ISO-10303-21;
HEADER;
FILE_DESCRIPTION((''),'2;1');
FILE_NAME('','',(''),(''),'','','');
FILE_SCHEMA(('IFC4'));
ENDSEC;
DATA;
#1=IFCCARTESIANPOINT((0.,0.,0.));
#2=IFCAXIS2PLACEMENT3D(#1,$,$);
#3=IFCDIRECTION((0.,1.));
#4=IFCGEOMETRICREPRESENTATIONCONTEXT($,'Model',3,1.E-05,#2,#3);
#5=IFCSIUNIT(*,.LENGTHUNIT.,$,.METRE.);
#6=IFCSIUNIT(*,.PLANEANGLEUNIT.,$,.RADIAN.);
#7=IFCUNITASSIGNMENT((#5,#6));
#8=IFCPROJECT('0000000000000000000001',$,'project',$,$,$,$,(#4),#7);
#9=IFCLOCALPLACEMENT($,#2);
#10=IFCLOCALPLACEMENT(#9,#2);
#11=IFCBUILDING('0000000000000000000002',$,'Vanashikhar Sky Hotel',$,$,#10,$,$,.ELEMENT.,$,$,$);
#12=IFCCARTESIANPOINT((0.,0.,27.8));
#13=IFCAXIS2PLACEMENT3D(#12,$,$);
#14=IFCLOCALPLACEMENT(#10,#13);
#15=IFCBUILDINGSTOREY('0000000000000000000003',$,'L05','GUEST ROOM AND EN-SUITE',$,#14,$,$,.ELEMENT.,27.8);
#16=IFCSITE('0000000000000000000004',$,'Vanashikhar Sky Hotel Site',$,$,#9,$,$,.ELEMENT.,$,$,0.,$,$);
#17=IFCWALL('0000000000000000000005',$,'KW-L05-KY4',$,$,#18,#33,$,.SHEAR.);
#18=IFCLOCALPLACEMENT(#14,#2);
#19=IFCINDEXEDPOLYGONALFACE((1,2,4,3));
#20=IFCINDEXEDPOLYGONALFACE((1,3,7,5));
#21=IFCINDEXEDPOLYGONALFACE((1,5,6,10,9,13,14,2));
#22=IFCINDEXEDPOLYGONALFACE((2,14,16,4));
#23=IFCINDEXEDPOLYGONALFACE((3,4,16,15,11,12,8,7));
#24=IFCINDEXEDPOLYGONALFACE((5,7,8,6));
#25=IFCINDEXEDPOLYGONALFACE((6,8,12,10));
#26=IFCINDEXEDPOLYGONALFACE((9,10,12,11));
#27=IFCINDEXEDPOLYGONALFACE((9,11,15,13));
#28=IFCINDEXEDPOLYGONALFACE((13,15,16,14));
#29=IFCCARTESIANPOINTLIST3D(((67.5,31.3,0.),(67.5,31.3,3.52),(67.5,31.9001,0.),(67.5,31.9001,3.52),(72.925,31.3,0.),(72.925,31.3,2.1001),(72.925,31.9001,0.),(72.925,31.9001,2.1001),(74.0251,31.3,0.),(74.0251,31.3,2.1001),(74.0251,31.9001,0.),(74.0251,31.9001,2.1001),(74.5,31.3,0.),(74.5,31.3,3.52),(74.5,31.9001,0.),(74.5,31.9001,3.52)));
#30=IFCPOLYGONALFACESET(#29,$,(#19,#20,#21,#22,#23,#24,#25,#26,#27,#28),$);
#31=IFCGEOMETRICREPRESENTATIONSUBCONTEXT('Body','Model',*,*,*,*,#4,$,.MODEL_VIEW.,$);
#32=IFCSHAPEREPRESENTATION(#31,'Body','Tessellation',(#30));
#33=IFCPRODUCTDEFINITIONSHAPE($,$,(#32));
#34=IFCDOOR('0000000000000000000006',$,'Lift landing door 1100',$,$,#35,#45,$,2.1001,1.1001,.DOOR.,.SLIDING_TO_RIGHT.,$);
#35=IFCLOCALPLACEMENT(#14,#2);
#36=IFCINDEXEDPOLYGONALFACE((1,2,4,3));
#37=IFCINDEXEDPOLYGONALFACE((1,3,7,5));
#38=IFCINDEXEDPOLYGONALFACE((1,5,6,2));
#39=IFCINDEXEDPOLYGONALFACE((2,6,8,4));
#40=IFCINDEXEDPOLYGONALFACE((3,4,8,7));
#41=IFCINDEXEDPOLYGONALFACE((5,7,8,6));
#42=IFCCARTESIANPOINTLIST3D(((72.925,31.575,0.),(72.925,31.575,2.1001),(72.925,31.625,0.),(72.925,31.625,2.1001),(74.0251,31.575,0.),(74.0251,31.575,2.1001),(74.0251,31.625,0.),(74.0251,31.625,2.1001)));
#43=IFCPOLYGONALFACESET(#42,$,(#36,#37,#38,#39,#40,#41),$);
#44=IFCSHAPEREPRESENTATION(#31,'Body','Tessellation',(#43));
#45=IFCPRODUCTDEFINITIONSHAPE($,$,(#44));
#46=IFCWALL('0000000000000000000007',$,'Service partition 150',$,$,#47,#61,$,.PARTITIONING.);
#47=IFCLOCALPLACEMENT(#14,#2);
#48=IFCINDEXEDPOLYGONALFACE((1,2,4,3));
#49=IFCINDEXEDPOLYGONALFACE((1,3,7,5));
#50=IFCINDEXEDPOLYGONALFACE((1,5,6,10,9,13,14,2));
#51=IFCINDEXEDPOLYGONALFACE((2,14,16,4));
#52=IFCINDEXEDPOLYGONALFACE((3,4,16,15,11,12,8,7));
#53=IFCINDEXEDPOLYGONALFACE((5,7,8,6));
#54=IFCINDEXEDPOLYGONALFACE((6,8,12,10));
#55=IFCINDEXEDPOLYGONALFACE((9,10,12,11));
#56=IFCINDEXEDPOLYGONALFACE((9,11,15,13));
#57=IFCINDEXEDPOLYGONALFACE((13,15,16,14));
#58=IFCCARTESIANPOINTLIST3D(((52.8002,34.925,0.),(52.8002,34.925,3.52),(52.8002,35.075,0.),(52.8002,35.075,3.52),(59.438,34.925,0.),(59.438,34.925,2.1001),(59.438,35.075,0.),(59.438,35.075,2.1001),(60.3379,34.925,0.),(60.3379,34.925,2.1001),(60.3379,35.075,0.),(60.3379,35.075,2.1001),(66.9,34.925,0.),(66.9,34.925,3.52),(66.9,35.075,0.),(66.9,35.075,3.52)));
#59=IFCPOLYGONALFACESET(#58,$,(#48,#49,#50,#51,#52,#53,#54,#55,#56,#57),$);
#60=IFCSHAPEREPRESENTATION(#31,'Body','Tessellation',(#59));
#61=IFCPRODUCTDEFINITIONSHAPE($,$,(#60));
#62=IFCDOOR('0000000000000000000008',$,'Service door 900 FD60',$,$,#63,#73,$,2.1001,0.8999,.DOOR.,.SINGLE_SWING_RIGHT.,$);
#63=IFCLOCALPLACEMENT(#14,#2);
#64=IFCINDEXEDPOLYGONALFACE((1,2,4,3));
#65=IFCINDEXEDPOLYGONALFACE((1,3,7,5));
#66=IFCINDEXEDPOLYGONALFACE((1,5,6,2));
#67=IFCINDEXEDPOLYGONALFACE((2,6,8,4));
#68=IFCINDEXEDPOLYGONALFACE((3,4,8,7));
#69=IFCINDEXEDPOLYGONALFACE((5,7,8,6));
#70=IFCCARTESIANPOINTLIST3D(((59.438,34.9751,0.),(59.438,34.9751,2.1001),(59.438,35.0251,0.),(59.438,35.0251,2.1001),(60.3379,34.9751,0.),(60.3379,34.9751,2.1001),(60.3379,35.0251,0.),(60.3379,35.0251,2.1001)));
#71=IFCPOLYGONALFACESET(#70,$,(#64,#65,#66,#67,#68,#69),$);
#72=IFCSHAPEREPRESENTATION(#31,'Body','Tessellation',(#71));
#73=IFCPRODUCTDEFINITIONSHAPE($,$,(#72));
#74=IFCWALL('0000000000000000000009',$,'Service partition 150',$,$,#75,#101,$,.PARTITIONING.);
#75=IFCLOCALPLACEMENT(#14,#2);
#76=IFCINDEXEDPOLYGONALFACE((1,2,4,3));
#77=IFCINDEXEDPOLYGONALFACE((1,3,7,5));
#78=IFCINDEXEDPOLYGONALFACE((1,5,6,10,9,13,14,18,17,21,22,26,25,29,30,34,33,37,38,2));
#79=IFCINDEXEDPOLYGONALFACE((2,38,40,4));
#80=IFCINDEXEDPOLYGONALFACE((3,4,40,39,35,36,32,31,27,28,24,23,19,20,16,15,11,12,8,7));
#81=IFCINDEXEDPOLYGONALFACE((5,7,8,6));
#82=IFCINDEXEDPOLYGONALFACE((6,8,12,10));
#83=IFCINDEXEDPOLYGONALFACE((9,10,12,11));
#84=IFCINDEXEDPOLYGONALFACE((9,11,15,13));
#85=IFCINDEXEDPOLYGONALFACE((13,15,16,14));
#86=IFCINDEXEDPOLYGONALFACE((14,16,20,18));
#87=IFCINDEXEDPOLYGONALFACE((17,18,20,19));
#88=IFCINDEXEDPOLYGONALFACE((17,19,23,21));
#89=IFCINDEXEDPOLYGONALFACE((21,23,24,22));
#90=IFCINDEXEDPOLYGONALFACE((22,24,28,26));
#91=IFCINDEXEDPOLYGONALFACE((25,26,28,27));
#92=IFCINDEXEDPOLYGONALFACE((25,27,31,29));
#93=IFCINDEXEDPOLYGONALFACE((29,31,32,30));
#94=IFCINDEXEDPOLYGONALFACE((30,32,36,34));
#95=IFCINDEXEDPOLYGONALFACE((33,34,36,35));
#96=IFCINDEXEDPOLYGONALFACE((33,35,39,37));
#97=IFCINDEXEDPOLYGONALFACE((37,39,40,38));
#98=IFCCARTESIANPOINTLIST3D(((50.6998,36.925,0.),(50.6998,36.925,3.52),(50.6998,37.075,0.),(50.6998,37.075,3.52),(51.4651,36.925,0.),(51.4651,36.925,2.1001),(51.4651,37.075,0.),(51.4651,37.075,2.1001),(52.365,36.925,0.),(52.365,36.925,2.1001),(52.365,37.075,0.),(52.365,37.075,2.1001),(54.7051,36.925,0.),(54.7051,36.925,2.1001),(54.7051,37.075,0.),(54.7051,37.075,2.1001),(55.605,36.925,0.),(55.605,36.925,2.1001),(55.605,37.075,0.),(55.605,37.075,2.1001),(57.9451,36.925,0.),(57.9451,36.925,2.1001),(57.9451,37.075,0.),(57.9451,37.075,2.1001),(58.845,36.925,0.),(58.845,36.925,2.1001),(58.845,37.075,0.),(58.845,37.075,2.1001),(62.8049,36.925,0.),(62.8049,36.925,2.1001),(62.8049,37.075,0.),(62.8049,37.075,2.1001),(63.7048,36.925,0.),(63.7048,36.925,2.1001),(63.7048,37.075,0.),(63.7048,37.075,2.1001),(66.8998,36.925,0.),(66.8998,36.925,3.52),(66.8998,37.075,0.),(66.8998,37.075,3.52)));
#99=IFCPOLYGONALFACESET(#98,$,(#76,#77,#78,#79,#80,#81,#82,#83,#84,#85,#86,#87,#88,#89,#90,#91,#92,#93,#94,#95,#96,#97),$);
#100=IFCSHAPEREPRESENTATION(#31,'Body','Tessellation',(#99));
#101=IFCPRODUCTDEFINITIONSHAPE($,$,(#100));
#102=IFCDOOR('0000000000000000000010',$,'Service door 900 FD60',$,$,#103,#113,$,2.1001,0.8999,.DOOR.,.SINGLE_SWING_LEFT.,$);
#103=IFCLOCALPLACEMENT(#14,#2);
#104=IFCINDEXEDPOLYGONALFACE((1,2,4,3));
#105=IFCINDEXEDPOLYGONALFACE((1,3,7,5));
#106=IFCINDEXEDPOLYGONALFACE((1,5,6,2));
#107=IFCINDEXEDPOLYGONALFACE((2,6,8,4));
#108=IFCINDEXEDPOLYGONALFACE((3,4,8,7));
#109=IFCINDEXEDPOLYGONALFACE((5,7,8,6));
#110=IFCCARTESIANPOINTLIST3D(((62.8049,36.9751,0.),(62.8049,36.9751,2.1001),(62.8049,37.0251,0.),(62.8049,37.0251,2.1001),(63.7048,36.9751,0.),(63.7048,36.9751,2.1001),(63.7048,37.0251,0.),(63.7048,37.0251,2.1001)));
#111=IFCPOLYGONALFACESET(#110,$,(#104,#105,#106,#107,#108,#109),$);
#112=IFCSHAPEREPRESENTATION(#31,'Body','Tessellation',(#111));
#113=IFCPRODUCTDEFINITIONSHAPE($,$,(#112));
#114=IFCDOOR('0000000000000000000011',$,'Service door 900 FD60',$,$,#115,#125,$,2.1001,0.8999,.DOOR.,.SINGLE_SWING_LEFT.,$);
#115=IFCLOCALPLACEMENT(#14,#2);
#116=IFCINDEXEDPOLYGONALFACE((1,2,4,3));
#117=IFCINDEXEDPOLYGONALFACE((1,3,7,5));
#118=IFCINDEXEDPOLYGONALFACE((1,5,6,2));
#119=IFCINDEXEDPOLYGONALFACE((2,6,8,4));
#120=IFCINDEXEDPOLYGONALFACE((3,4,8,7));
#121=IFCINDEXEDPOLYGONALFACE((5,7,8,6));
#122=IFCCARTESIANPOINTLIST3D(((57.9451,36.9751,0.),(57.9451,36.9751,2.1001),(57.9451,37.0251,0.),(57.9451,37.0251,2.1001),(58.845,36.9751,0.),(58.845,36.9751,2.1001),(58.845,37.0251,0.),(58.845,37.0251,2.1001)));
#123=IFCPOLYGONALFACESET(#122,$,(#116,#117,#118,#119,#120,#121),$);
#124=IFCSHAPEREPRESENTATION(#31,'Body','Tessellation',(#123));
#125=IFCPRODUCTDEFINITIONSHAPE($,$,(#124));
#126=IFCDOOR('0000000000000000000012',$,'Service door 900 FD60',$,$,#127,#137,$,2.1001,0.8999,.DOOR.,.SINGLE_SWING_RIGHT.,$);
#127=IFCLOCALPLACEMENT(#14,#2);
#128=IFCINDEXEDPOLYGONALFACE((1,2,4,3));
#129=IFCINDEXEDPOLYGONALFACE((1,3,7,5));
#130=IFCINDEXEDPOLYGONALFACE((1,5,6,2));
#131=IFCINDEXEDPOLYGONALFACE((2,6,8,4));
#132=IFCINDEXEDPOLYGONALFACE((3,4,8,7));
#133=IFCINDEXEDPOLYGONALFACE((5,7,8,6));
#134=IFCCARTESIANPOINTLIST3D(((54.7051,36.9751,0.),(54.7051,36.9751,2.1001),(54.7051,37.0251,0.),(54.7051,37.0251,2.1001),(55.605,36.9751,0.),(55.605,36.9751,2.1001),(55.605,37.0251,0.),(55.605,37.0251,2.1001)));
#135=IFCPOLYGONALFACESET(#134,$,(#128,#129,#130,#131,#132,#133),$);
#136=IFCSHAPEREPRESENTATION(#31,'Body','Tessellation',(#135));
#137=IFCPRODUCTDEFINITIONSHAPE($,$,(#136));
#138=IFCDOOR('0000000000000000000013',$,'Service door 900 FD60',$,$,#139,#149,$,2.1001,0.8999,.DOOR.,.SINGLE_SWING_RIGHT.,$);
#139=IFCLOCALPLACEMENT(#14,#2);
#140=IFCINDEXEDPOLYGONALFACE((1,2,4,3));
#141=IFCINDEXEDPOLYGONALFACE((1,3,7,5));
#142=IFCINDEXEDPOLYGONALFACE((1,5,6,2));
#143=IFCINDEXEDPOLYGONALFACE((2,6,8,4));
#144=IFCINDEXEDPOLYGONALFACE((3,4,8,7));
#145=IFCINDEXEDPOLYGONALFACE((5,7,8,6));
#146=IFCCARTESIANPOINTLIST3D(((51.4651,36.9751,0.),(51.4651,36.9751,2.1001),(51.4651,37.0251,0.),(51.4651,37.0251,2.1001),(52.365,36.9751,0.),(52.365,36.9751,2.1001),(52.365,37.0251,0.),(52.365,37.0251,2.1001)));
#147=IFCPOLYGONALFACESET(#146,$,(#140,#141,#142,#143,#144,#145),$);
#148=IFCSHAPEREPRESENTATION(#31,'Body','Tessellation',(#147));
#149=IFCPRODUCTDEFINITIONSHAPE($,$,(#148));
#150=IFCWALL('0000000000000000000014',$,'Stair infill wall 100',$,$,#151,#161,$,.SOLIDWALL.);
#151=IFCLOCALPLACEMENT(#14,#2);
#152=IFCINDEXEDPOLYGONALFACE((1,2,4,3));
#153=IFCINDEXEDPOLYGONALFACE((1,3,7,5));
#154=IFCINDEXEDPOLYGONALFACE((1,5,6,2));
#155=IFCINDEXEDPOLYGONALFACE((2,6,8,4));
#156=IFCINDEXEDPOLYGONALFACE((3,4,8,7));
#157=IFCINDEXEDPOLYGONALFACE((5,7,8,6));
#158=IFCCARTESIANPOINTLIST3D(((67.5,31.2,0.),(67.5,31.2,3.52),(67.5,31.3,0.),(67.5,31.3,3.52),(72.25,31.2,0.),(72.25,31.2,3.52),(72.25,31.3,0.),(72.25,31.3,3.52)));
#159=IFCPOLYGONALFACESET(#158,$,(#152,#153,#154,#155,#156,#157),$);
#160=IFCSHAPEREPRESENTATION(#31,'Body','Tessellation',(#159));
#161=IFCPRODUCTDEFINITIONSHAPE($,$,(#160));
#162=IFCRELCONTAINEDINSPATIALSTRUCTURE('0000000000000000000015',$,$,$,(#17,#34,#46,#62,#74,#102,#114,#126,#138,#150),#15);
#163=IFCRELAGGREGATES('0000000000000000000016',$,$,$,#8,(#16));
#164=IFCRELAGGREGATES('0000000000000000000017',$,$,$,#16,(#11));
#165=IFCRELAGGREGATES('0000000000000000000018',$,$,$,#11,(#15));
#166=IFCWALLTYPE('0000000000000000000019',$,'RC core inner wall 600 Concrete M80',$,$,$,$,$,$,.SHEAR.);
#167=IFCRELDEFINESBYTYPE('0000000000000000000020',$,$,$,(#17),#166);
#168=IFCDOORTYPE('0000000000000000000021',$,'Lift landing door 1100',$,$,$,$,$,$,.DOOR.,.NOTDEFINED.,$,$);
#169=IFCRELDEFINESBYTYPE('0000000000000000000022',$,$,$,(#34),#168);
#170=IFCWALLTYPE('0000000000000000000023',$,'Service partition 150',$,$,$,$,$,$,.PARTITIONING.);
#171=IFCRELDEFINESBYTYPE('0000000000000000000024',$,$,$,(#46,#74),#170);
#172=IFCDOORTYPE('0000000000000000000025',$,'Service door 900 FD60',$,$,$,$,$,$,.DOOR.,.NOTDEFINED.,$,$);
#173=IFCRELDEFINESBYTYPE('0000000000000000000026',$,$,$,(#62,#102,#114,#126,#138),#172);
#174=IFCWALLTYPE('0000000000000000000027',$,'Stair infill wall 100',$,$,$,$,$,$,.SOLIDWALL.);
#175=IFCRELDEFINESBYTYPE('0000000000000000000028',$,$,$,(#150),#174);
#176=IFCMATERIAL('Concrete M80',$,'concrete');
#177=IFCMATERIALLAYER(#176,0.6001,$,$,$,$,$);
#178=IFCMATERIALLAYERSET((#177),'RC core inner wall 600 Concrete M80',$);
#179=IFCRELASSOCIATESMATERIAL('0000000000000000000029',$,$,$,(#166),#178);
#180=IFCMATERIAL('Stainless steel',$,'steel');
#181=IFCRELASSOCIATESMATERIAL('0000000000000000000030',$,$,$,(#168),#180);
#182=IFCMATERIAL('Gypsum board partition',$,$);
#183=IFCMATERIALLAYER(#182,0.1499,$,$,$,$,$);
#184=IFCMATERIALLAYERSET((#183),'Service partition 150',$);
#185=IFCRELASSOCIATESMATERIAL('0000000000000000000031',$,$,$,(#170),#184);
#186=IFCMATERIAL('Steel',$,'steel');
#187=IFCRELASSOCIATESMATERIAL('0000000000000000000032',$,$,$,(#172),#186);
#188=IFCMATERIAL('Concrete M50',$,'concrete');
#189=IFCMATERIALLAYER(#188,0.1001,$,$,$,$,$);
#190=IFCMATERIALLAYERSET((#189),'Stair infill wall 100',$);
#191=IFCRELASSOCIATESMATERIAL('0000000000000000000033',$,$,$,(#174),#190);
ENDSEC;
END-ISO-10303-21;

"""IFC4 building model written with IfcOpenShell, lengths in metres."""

from ifc_helpers import new_model, si_unit, direction, frame, frame_2d, origin, place, context, subcontext, project, spatial, rectangle, extrude, source, transform, mapped, material, layer, layer_set, type_object, element, fill, save


model = new_model("IFC4")

# Units and contexts
model_context = context("Model", 3, precision=1e-05, world=origin(), true_north=direction((0.0, 1.0)))
body_context = subcontext(model_context, "Body", "Model", "MODEL_VIEW")
ifc_project = project(units=[si_unit("LENGTHUNIT", "METRE"), si_unit("PLANEANGLEUNIT", "RADIAN")], contexts=[model_context])

# Site, building, storey
site_placement = place(None, origin())
site = spatial("IfcSite", under=ifc_project, at=site_placement, Name="Vanashikhar Sky Hotel Site", CompositionType="ELEMENT", RefElevation=0.0)
building_placement = place(site_placement, origin())
building = spatial("IfcBuilding", under=site, at=building_placement, Name="Vanashikhar Sky Hotel", CompositionType="ELEMENT")
storey_placement = place(building_placement, frame((0.0, 0.0, 27.8)))
storey = spatial("IfcBuildingStorey", under=building, at=storey_placement, Name="L05", Description="GUEST ROOM AND EN-SUITE", CompositionType="ELEMENT", Elevation=27.8)

# Walls, openings, doors
ifc_material_1 = material(Name="Concrete M80", Category="concrete")
ifc_layer_1 = layer(ifc_material_1, 0.6001)
ifc_layer_set_1 = layer_set([ifc_layer_1], Name="RC core inner wall 600 Concrete M80")
wall_type_1 = type_object("IfcWallType", Name="RC core inner wall 600 Concrete M80", PredefinedType="SHEAR", material=ifc_layer_set_1)
shared_shape_1 = source(origin(), body_context, "Body", "SweptSolid", [
    extrude(rectangle(XDim=7.0, YDim=0.6001, at=frame_2d((3.5, 0.0))), origin(), (0.0, 0.0, 1.0), 3.52),
])
wall_1_placement = place(storey_placement, frame((67.5, 31.6001, 0.0), z_axis=(0.0, 0.0, 1.0), x_axis=(1.0, 0.0, 0.0)))
wall_1 = element("IfcWall", 1, at=wall_1_placement, inside=storey, type_object=wall_type_1, Name="KW-L05-KY4", PredefinedType="SHEAR", context=body_context, shape_type="MappedRepresentation", body=[
    mapped(shared_shape_1, transform((0.0, 0.0, 0.0), scale=1.0)),
])
shared_shape_2 = source(origin(), body_context, "Body", "SweptSolid", [
    extrude(rectangle(XDim=1.1001, YDim=2.1001, at=frame_2d((0.55, 1.05))), frame((0.0, 0.3101, 0.0), z_axis=(0.0, -1.0, 0.0), x_axis=(1.0, 0.0, 0.0)), (0.0, 0.0, 1.0), 0.6201),
])
opening_1_placement = place(wall_1_placement, frame((5.425, 0.0, 0.0)))
opening_1 = element("IfcOpeningElement", 2, at=opening_1_placement, cuts=wall_1, PredefinedType="OPENING", context=body_context, shape_type="MappedRepresentation", body=[
    mapped(shared_shape_2, transform((0.0, 0.0, 0.0), scale=1.0)),
])
ifc_material_2 = material(Name="Stainless steel", Category="steel")
door_type_1 = type_object("IfcDoorType", Name="Lift landing door 1100", OperationType="NOTDEFINED", PredefinedType="DOOR", material=ifc_material_2)
shared_shape_3 = source(origin(), body_context, "Body", "SweptSolid", [
    extrude(rectangle(XDim=1.1001, YDim=2.1001, at=frame_2d((0.55, 1.05))), frame((0.0, 0.0249, 0.0), z_axis=(0.0, -1.0, 0.0), x_axis=(1.0, 0.0, 0.0)), (0.0, 0.0, 1.0), 0.05),
])
door_1_placement = place(opening_1_placement, origin())
door_1 = element("IfcDoor", 3, at=door_1_placement, inside=storey, type_object=door_type_1, Name="Lift landing door 1100", OperationType="SLIDING_TO_RIGHT", OverallHeight=2.1001, OverallWidth=1.1001, PredefinedType="DOOR", context=body_context, shape_type="MappedRepresentation", body=[
    mapped(shared_shape_3, transform((0.0, 0.0, 0.0), scale=1.0)),
])
fill(opening_1, door_1)
ifc_material_3 = material(Name="Gypsum board partition")
ifc_layer_2 = layer(ifc_material_3, 0.1499)
ifc_layer_set_2 = layer_set([ifc_layer_2], Name="Service partition 150")
wall_type_2 = type_object("IfcWallType", Name="Service partition 150", PredefinedType="PARTITIONING", material=ifc_layer_set_2)
shared_shape_4 = source(origin(), body_context, "Body", "SweptSolid", [
    extrude(rectangle(XDim=14.0999, YDim=0.1499, at=frame_2d((7.0498, 0.0))), origin(), (0.0, 0.0, 1.0), 3.52),
])
wall_2_placement = place(storey_placement, frame((66.8999, 35.0, 0.0), z_axis=(0.0, 0.0, 1.0), x_axis=(-1.0, 0.0, 0.0)))
wall_2 = element("IfcWall", 4, at=wall_2_placement, inside=storey, type_object=wall_type_2, Name="Service partition 150", PredefinedType="PARTITIONING", context=body_context, shape_type="MappedRepresentation", body=[
    mapped(shared_shape_4, transform((0.0, 0.0, 0.0), scale=1.0)),
])
shared_shape_5 = source(origin(), body_context, "Body", "SweptSolid", [
    extrude(rectangle(XDim=0.8999, YDim=2.1001, at=frame_2d((0.45, 1.05))), frame((0.0, 0.085, 0.0), z_axis=(0.0, -1.0, 0.0), x_axis=(1.0, 0.0, 0.0)), (0.0, 0.0, 1.0), 0.1699),
])
opening_2_placement = place(wall_2_placement, frame((6.562, 0.0, 0.0)))
opening_2 = element("IfcOpeningElement", 5, at=opening_2_placement, cuts=wall_2, PredefinedType="OPENING", context=body_context, shape_type="MappedRepresentation", body=[
    mapped(shared_shape_5, transform((0.0, 0.0, 0.0), scale=1.0)),
])
ifc_material_4 = material(Name="Steel", Category="steel")
door_type_2 = type_object("IfcDoorType", Name="Service door 900 FD60", OperationType="NOTDEFINED", PredefinedType="DOOR", material=ifc_material_4)
shared_shape_6 = source(origin(), body_context, "Body", "SweptSolid", [
    extrude(rectangle(XDim=0.8999, YDim=2.1001, at=frame_2d((0.45, 1.05))), frame((0.0, 0.0249, 0.0), z_axis=(0.0, -1.0, 0.0), x_axis=(1.0, 0.0, 0.0)), (0.0, 0.0, 1.0), 0.05),
])
door_2_placement = place(opening_2_placement, origin())
door_2 = element("IfcDoor", 6, at=door_2_placement, inside=storey, type_object=door_type_2, Name="Service door 900 FD60", OperationType="SINGLE_SWING_RIGHT", OverallHeight=2.1001, OverallWidth=0.8999, PredefinedType="DOOR", context=body_context, shape_type="MappedRepresentation", body=[
    mapped(shared_shape_6, transform((0.0, 0.0, 0.0), scale=1.0)),
])
fill(opening_2, door_2)

# Wall, openings, doors
shared_shape_7 = source(origin(), body_context, "Body", "SweptSolid", [
    extrude(rectangle(XDim=16.2, YDim=0.1499, at=frame_2d((8.1001, 0.0))), origin(), (0.0, 0.0, 1.0), 3.52),
])
wall_3_placement = place(storey_placement, frame((66.8999, 37.0, 0.0), z_axis=(0.0, 0.0, 1.0), x_axis=(-1.0, 0.0, 0.0)))
wall_3 = element("IfcWall", 7, at=wall_3_placement, inside=storey, type_object=wall_type_2, Name="Service partition 150", PredefinedType="PARTITIONING", context=body_context, shape_type="MappedRepresentation", body=[
    mapped(shared_shape_7, transform((0.0, 0.0, 0.0), scale=1.0)),
])
opening_3_placement = place(wall_3_placement, frame((3.1951, 0.0, 0.0)))
opening_3 = element("IfcOpeningElement", 8, at=opening_3_placement, cuts=wall_3, PredefinedType="OPENING", context=body_context, shape_type="MappedRepresentation", body=[
    mapped(shared_shape_5, transform((0.0, 0.0, 0.0), scale=1.0)),
])
opening_4_placement = place(wall_3_placement, frame((8.0549, 0.0, 0.0)))
opening_4 = element("IfcOpeningElement", 9, at=opening_4_placement, cuts=wall_3, PredefinedType="OPENING", context=body_context, shape_type="MappedRepresentation", body=[
    mapped(shared_shape_5, transform((0.0, 0.0, 0.0), scale=1.0)),
])
opening_5_placement = place(wall_3_placement, frame((11.2949, 0.0, 0.0)))
opening_5 = element("IfcOpeningElement", 10, at=opening_5_placement, cuts=wall_3, PredefinedType="OPENING", context=body_context, shape_type="MappedRepresentation", body=[
    mapped(shared_shape_5, transform((0.0, 0.0, 0.0), scale=1.0)),
])
opening_6_placement = place(wall_3_placement, frame((14.5349, 0.0, 0.0)))
opening_6 = element("IfcOpeningElement", 11, at=opening_6_placement, cuts=wall_3, PredefinedType="OPENING", context=body_context, shape_type="MappedRepresentation", body=[
    mapped(shared_shape_5, transform((0.0, 0.0, 0.0), scale=1.0)),
])
door_3_placement = place(opening_3_placement, origin())
door_3 = element("IfcDoor", 12, at=door_3_placement, inside=storey, type_object=door_type_2, Name="Service door 900 FD60", OperationType="SINGLE_SWING_LEFT", OverallHeight=2.1001, OverallWidth=0.8999, PredefinedType="DOOR", context=body_context, shape_type="MappedRepresentation", body=[
    mapped(shared_shape_6, transform((0.0, 0.0, 0.0), scale=1.0)),
])
fill(opening_3, door_3)
door_4_placement = place(opening_4_placement, origin())
door_4 = element("IfcDoor", 13, at=door_4_placement, inside=storey, type_object=door_type_2, Name="Service door 900 FD60", OperationType="SINGLE_SWING_LEFT", OverallHeight=2.1001, OverallWidth=0.8999, PredefinedType="DOOR", context=body_context, shape_type="MappedRepresentation", body=[
    mapped(shared_shape_6, transform((0.0, 0.0, 0.0), scale=1.0)),
])
fill(opening_4, door_4)
door_5_placement = place(opening_5_placement, origin())
door_5 = element("IfcDoor", 14, at=door_5_placement, inside=storey, type_object=door_type_2, Name="Service door 900 FD60", OperationType="SINGLE_SWING_RIGHT", OverallHeight=2.1001, OverallWidth=0.8999, PredefinedType="DOOR", context=body_context, shape_type="MappedRepresentation", body=[
    mapped(shared_shape_6, transform((0.0, 0.0, 0.0), scale=1.0)),
])
fill(opening_5, door_5)
door_6_placement = place(opening_6_placement, origin())
door_6 = element("IfcDoor", 15, at=door_6_placement, inside=storey, type_object=door_type_2, Name="Service door 900 FD60", OperationType="SINGLE_SWING_RIGHT", OverallHeight=2.1001, OverallWidth=0.8999, PredefinedType="DOOR", context=body_context, shape_type="MappedRepresentation", body=[
    mapped(shared_shape_6, transform((0.0, 0.0, 0.0), scale=1.0)),
])
fill(opening_6, door_6)

# Wall
ifc_material_5 = material(Name="Concrete M50", Category="concrete")
ifc_layer_3 = layer(ifc_material_5, 0.1001)
ifc_layer_set_3 = layer_set([ifc_layer_3], Name="Stair infill wall 100")
wall_type_3 = type_object("IfcWallType", Name="Stair infill wall 100", PredefinedType="SOLIDWALL", material=ifc_layer_set_3)
shared_shape_8 = source(origin(), body_context, "Body", "SweptSolid", [
    extrude(rectangle(XDim=4.75, YDim=0.1001, at=frame_2d((2.375, 0.0))), origin(), (0.0, 0.0, 1.0), 3.52),
])
wall_4_placement = place(storey_placement, frame((67.5, 31.25, 0.0), z_axis=(0.0, 0.0, 1.0), x_axis=(1.0, 0.0, 0.0)))
element("IfcWall", 16, at=wall_4_placement, inside=storey, type_object=wall_type_3, Name="Stair infill wall 100", PredefinedType="SOLIDWALL", context=body_context, shape_type="MappedRepresentation", body=[
    mapped(shared_shape_8, transform((0.0, 0.0, 0.0), scale=1.0)),
])

save(model, "model.ifc")
